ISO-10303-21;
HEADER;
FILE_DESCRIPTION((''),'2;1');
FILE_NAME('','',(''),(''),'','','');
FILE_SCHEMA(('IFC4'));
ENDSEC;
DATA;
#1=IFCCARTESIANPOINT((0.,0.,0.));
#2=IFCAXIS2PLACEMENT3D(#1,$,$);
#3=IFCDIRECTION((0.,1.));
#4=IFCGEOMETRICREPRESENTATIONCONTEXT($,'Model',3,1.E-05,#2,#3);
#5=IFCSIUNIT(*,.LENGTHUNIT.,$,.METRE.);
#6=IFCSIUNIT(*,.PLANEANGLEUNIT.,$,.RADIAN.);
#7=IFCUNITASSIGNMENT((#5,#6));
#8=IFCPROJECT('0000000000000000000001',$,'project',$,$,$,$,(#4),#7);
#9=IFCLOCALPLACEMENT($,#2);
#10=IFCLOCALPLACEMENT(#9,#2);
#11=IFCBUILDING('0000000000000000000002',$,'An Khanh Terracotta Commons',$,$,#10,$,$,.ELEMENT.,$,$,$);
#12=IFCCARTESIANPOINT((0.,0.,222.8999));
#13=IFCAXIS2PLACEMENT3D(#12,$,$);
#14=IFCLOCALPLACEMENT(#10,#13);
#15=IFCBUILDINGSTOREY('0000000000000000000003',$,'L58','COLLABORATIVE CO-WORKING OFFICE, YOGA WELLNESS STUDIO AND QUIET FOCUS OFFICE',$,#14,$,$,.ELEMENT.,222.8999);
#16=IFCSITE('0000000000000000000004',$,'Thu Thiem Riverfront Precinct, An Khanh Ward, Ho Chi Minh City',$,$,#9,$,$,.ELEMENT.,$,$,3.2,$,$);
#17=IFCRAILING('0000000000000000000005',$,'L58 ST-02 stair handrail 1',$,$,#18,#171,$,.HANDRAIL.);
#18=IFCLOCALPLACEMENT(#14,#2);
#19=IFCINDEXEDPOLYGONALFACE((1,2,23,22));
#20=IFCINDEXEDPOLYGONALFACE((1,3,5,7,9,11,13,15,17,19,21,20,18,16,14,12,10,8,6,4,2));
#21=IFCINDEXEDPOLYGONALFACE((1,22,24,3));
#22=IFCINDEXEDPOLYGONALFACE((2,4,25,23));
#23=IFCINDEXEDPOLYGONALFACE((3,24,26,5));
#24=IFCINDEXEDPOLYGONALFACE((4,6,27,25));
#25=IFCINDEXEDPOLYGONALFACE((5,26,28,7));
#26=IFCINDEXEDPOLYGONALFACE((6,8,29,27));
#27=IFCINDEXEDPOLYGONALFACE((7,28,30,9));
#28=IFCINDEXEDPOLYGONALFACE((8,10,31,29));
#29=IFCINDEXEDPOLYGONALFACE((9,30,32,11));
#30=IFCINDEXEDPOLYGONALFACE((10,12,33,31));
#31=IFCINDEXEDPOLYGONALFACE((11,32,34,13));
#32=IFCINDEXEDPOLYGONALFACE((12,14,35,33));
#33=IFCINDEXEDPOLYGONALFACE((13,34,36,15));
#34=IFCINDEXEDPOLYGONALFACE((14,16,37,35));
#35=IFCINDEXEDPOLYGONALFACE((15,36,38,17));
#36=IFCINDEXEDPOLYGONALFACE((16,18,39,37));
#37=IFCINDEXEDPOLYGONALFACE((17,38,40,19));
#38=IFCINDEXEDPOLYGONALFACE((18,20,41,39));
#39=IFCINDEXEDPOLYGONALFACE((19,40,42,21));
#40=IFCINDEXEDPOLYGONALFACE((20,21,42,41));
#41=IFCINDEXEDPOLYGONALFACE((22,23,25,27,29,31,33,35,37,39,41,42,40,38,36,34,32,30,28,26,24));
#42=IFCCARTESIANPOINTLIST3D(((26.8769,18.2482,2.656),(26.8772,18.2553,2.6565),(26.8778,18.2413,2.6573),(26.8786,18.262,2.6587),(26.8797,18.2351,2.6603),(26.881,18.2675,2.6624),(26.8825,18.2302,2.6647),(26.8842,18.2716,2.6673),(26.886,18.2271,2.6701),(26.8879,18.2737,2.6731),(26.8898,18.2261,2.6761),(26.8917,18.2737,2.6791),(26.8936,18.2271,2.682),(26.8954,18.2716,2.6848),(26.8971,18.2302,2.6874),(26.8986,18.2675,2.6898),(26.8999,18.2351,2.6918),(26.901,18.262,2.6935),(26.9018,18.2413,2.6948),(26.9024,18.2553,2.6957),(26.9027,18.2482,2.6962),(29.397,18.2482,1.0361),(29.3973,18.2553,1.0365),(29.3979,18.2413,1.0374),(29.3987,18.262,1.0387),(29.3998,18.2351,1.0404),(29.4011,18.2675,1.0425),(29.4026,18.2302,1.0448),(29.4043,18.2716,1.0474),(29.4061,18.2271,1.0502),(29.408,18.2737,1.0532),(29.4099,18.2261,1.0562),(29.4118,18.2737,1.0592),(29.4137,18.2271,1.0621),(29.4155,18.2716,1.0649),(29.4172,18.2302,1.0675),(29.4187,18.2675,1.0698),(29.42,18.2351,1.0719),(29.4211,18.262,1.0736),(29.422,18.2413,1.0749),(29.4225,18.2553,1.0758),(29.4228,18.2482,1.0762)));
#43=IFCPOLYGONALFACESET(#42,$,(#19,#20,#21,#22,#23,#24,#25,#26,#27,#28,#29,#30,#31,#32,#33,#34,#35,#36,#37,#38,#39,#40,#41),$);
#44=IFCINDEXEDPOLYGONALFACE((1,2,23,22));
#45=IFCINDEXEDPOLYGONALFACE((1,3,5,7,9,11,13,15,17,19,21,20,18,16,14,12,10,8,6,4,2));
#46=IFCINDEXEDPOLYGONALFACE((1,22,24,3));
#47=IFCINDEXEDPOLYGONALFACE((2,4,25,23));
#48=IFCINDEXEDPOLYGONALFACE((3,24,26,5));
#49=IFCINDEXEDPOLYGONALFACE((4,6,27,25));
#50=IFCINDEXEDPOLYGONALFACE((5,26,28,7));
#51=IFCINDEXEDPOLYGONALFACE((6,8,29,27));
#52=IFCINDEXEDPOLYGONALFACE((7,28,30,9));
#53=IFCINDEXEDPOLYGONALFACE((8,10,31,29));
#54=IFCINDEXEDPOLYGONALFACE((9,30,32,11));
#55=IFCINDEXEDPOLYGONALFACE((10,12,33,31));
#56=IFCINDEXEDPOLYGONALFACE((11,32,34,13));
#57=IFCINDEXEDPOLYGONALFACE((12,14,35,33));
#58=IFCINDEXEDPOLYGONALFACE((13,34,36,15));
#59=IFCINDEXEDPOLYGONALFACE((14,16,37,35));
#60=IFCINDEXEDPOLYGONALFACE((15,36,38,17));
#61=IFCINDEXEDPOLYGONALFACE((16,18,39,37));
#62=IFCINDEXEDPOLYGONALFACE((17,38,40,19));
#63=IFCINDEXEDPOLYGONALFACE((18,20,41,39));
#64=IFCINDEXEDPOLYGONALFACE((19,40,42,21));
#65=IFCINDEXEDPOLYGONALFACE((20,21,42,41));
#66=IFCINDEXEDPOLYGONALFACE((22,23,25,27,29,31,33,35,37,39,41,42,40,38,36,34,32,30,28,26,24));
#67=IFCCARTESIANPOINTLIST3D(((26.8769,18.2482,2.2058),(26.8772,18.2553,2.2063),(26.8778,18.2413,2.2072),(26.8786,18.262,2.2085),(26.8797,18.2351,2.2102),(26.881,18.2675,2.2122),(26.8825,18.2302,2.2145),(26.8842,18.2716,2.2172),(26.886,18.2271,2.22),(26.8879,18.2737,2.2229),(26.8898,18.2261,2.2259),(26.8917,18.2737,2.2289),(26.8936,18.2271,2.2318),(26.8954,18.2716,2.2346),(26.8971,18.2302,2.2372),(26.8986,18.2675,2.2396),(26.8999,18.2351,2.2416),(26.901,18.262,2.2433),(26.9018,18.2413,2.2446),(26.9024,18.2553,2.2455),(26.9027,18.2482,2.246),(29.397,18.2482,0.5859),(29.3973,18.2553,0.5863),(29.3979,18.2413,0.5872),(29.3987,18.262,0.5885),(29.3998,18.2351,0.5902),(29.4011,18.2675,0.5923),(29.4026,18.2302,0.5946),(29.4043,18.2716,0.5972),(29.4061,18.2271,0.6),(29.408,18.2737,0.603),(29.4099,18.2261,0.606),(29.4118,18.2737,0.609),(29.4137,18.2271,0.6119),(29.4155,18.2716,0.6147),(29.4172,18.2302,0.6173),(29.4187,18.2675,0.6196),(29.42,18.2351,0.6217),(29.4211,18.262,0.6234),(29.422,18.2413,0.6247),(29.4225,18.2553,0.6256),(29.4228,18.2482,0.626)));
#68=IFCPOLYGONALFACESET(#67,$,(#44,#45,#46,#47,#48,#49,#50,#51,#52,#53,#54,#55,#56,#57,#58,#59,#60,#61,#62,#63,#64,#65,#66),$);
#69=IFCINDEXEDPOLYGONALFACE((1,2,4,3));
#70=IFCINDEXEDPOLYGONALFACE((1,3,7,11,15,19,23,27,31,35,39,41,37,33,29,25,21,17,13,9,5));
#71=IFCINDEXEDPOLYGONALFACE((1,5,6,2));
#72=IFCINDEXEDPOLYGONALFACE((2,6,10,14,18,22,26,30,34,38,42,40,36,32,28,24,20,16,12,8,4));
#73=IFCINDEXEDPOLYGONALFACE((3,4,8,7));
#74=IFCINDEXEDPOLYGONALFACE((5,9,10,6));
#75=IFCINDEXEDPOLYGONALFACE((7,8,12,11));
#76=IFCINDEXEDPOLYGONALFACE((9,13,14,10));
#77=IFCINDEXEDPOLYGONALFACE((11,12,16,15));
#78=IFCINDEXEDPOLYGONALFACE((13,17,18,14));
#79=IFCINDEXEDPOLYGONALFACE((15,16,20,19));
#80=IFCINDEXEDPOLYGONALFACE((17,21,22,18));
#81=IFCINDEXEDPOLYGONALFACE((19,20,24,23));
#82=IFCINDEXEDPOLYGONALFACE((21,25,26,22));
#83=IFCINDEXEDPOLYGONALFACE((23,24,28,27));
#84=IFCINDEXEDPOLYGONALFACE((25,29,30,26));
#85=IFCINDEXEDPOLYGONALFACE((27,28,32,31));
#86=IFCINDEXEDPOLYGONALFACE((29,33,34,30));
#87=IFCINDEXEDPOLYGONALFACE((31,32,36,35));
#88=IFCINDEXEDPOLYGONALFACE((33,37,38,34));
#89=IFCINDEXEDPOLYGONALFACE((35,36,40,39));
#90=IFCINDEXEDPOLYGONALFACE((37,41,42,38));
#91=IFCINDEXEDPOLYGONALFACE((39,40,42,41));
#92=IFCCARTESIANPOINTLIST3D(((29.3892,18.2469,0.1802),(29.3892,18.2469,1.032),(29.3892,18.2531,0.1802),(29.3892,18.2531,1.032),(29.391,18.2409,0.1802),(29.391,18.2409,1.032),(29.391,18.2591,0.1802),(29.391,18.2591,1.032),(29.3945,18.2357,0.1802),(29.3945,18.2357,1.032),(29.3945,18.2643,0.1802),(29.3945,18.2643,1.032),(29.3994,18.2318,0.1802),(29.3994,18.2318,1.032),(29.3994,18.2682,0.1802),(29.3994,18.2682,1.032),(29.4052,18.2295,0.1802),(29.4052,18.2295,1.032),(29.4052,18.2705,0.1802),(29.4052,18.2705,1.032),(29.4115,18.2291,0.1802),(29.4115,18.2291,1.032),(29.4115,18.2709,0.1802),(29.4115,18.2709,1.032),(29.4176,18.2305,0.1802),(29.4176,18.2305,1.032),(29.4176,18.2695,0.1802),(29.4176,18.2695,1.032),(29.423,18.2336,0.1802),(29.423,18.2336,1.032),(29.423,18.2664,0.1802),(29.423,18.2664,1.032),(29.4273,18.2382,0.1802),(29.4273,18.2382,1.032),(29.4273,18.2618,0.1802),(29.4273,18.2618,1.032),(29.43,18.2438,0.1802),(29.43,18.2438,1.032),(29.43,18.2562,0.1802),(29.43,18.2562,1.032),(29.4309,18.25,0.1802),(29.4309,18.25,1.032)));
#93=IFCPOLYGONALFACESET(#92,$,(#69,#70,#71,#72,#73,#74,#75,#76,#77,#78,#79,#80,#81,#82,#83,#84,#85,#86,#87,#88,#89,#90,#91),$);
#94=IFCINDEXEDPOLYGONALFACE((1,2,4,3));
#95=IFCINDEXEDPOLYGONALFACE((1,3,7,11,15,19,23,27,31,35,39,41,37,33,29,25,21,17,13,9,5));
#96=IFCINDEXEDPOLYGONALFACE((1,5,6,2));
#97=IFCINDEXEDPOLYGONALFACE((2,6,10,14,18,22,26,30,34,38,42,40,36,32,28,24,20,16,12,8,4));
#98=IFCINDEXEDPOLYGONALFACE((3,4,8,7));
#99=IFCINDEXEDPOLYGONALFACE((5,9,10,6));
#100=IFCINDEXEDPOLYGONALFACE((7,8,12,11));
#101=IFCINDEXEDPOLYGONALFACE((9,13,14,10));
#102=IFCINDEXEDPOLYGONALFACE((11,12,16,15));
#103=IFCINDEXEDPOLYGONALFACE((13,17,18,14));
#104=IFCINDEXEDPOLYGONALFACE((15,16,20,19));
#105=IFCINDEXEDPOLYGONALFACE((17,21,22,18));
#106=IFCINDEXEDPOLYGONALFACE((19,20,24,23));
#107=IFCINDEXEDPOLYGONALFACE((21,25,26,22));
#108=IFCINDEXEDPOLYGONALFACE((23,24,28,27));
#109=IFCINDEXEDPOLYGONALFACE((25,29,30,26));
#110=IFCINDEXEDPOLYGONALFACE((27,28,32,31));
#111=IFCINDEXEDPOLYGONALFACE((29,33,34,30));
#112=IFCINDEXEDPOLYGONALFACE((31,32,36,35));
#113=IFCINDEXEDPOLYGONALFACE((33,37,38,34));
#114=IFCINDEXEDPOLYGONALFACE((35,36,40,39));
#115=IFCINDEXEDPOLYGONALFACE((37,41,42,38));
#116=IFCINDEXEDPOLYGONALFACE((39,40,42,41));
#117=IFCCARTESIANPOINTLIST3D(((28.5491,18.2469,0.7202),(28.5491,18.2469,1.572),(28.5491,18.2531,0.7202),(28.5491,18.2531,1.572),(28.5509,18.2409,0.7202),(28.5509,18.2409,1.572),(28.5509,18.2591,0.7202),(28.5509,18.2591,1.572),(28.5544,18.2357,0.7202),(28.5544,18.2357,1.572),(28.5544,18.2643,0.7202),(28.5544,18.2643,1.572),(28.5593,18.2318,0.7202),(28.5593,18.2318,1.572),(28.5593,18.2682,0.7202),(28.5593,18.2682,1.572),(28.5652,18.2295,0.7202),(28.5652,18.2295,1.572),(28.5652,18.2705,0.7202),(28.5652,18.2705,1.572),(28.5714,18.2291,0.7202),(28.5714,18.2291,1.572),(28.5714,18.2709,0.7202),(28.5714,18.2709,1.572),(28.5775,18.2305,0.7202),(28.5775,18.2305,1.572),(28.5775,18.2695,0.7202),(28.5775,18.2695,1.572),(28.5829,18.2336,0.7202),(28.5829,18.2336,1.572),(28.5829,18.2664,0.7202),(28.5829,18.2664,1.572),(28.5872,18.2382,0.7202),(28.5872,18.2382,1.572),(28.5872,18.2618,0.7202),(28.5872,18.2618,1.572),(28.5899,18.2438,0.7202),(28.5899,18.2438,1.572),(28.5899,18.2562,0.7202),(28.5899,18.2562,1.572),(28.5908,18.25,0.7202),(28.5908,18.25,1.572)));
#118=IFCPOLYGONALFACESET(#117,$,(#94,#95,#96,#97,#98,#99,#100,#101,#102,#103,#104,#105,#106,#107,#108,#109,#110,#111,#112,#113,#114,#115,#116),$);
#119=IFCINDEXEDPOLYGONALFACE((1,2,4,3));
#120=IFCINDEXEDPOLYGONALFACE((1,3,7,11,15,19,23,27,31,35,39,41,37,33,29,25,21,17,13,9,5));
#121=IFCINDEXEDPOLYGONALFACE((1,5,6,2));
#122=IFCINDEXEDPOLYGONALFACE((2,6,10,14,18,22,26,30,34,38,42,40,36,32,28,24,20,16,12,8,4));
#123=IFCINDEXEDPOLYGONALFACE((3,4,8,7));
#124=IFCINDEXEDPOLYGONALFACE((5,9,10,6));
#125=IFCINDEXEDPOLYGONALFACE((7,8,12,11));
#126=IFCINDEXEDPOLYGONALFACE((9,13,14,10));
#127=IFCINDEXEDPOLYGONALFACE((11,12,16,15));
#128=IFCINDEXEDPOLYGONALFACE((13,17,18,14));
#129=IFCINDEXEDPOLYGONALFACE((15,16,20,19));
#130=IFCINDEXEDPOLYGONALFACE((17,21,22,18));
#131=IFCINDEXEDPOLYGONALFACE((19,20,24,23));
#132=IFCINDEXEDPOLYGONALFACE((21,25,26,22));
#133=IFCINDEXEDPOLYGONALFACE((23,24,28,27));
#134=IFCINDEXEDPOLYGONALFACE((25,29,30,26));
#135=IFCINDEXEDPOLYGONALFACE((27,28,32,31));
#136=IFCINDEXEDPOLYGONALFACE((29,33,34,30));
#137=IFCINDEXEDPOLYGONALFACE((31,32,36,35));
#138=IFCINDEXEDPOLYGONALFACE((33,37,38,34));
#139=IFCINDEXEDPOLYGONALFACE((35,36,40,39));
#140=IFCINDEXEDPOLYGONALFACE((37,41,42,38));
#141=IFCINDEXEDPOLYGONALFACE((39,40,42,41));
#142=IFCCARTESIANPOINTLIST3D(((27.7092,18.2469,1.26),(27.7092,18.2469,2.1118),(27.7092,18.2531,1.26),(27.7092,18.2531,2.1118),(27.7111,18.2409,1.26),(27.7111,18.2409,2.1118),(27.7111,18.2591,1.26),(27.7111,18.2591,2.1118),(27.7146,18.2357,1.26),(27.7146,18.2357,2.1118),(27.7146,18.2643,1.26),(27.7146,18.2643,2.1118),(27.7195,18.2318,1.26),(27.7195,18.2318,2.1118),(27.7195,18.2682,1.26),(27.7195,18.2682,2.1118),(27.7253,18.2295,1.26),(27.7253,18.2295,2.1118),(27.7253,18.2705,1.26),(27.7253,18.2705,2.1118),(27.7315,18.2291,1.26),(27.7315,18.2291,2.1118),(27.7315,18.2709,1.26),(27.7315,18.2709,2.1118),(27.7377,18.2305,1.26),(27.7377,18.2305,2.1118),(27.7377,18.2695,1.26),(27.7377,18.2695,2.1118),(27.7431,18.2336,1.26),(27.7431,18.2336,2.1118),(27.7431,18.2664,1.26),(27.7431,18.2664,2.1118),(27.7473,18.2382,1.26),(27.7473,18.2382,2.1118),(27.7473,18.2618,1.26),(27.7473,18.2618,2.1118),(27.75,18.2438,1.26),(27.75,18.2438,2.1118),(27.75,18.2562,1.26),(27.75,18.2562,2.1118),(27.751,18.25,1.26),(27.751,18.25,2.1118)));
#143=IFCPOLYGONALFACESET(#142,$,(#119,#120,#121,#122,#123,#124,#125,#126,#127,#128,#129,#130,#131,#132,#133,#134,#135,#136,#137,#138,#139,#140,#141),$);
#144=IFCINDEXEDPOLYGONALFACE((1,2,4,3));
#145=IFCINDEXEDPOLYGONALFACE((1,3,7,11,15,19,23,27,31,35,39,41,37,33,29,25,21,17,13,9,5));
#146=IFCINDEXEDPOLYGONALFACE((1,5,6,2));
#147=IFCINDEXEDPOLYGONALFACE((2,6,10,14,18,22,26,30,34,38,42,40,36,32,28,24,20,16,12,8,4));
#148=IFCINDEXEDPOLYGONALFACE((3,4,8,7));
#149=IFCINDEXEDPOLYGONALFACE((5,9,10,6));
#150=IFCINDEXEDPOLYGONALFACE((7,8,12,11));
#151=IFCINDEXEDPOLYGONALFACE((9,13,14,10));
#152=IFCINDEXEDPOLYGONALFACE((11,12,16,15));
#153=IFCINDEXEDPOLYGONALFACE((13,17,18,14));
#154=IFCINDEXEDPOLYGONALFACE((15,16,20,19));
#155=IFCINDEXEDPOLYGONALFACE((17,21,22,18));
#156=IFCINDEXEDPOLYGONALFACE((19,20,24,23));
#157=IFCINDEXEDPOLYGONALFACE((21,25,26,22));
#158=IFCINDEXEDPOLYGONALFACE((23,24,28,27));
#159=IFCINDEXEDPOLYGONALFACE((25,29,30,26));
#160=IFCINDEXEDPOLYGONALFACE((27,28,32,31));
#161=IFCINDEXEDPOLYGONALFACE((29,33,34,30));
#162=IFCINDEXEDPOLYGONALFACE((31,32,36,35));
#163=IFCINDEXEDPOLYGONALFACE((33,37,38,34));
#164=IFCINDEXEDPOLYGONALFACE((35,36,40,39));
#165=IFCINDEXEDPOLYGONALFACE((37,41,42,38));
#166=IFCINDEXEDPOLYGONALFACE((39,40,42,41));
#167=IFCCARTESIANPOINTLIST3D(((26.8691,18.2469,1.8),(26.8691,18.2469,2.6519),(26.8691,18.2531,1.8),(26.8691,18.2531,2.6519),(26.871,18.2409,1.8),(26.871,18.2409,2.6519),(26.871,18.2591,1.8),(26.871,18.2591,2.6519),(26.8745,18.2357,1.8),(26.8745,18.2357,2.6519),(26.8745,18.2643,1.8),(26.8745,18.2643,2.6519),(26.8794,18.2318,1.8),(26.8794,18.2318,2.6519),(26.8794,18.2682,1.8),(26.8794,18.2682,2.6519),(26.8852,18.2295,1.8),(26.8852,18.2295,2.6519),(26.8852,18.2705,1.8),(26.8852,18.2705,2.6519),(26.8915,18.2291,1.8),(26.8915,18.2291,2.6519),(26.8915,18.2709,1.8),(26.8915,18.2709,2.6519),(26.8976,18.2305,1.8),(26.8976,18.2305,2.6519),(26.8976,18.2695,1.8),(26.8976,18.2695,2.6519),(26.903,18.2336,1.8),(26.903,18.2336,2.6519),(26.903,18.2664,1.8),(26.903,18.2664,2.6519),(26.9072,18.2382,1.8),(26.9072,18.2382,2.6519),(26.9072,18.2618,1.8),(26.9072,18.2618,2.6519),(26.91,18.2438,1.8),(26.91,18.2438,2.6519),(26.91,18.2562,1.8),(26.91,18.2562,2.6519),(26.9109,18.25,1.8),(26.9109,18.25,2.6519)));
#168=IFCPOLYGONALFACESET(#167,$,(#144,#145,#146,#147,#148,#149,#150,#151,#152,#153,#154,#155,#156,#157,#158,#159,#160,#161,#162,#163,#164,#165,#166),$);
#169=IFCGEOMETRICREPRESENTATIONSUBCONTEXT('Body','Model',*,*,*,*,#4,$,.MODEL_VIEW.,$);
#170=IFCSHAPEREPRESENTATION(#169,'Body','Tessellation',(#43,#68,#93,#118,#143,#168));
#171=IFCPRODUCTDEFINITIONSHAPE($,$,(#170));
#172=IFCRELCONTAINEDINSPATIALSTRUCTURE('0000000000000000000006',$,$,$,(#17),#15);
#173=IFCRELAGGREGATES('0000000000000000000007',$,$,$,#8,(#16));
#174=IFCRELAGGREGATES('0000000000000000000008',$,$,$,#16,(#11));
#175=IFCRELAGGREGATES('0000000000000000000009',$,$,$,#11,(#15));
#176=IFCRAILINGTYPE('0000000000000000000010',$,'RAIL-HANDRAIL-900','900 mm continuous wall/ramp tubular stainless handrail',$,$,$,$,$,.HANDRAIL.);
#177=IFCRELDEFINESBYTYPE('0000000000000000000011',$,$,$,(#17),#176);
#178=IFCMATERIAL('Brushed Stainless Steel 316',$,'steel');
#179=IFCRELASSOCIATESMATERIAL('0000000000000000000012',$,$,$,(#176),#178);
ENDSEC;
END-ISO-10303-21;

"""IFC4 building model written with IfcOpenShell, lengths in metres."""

from ifc_helpers import new_model, si_unit, direction, frame, origin, origin_2d, place, context, subcontext, project, spatial, circle, extrude, material, type_object, element, save


model = new_model("IFC4")

# Units and contexts
model_context = context("Model", 3, precision=1e-05, world=origin(), true_north=direction((0.0, 1.0)))
body_context = subcontext(model_context, "Body", "Model", "MODEL_VIEW")
ifc_project = project(units=[si_unit("LENGTHUNIT", "METRE"), si_unit("PLANEANGLEUNIT", "RADIAN")], contexts=[model_context])

# Site, building, storey
site_placement = place(None, origin())
site = spatial("IfcSite", under=ifc_project, at=site_placement, Name="Thu Thiem Riverfront Precinct, An Khanh Ward, Ho Chi Minh City", CompositionType="ELEMENT", RefElevation=3.2)
building_placement = place(site_placement, origin())
building = spatial("IfcBuilding", under=site, at=building_placement, Name="An Khanh Terracotta Commons", CompositionType="ELEMENT")
storey_placement = place(building_placement, frame((0.0, 0.0, 222.8999)))
storey = spatial("IfcBuildingStorey", under=building, at=storey_placement, Name="L58", Description="COLLABORATIVE CO-WORKING OFFICE, YOGA WELLNESS STUDIO AND QUIET FOCUS OFFICE", CompositionType="ELEMENT", Elevation=222.8999)

# Railing
ifc_material_1 = material(Name="Brushed Stainless Steel 316", Category="steel")
railing_type = type_object("IfcRailingType", Name="RAIL-HANDRAIL-900", Description="900 mm continuous wall/ramp tubular stainless handrail", PredefinedType="HANDRAIL", material=ifc_material_1)
railing_placement = place(storey_placement, frame((29.4099, 18.25, 0.1802)))
element("IfcRailing", 1, at=railing_placement, inside=storey, type_object=railing_type, Name="L58 ST-02 stair handrail 1", PredefinedType="HANDRAIL", context=body_context, shape_type="SweptSolid", body=[
    extrude(circle(Radius=0.0239, at=origin_2d()), frame((0.0, 0.0, 0.876), z_axis=(-0.8412, 0.0, 0.540725), x_axis=(0.0, -1.0, 0.0)), (0.0, 0.0, 1.0), 2.9958),
    extrude(circle(Radius=0.0239, at=origin_2d()), frame((0.0, 0.0, 0.4258), z_axis=(-0.8412, 0.0, 0.540725), x_axis=(0.0, -1.0, 0.0)), (0.0, 0.0, 1.0), 2.9958),
    extrude(circle(Radius=0.021, at=origin_2d()), origin(), (0.0, 0.0, 1.0), 0.8518),
    extrude(circle(Radius=0.021, at=origin_2d()), frame((-0.8401, 0.0, 0.54)), (0.0, 0.0, 1.0), 0.8518),
    extrude(circle(Radius=0.021, at=origin_2d()), frame((-1.6799, 0.0, 1.0798)), (0.0, 0.0, 1.0), 0.8518),
    extrude(circle(Radius=0.021, at=origin_2d()), frame((-2.52, 0.0, 1.6199)), (0.0, 0.0, 1.0), 0.8518),
])

save(model, "model.ifc")
